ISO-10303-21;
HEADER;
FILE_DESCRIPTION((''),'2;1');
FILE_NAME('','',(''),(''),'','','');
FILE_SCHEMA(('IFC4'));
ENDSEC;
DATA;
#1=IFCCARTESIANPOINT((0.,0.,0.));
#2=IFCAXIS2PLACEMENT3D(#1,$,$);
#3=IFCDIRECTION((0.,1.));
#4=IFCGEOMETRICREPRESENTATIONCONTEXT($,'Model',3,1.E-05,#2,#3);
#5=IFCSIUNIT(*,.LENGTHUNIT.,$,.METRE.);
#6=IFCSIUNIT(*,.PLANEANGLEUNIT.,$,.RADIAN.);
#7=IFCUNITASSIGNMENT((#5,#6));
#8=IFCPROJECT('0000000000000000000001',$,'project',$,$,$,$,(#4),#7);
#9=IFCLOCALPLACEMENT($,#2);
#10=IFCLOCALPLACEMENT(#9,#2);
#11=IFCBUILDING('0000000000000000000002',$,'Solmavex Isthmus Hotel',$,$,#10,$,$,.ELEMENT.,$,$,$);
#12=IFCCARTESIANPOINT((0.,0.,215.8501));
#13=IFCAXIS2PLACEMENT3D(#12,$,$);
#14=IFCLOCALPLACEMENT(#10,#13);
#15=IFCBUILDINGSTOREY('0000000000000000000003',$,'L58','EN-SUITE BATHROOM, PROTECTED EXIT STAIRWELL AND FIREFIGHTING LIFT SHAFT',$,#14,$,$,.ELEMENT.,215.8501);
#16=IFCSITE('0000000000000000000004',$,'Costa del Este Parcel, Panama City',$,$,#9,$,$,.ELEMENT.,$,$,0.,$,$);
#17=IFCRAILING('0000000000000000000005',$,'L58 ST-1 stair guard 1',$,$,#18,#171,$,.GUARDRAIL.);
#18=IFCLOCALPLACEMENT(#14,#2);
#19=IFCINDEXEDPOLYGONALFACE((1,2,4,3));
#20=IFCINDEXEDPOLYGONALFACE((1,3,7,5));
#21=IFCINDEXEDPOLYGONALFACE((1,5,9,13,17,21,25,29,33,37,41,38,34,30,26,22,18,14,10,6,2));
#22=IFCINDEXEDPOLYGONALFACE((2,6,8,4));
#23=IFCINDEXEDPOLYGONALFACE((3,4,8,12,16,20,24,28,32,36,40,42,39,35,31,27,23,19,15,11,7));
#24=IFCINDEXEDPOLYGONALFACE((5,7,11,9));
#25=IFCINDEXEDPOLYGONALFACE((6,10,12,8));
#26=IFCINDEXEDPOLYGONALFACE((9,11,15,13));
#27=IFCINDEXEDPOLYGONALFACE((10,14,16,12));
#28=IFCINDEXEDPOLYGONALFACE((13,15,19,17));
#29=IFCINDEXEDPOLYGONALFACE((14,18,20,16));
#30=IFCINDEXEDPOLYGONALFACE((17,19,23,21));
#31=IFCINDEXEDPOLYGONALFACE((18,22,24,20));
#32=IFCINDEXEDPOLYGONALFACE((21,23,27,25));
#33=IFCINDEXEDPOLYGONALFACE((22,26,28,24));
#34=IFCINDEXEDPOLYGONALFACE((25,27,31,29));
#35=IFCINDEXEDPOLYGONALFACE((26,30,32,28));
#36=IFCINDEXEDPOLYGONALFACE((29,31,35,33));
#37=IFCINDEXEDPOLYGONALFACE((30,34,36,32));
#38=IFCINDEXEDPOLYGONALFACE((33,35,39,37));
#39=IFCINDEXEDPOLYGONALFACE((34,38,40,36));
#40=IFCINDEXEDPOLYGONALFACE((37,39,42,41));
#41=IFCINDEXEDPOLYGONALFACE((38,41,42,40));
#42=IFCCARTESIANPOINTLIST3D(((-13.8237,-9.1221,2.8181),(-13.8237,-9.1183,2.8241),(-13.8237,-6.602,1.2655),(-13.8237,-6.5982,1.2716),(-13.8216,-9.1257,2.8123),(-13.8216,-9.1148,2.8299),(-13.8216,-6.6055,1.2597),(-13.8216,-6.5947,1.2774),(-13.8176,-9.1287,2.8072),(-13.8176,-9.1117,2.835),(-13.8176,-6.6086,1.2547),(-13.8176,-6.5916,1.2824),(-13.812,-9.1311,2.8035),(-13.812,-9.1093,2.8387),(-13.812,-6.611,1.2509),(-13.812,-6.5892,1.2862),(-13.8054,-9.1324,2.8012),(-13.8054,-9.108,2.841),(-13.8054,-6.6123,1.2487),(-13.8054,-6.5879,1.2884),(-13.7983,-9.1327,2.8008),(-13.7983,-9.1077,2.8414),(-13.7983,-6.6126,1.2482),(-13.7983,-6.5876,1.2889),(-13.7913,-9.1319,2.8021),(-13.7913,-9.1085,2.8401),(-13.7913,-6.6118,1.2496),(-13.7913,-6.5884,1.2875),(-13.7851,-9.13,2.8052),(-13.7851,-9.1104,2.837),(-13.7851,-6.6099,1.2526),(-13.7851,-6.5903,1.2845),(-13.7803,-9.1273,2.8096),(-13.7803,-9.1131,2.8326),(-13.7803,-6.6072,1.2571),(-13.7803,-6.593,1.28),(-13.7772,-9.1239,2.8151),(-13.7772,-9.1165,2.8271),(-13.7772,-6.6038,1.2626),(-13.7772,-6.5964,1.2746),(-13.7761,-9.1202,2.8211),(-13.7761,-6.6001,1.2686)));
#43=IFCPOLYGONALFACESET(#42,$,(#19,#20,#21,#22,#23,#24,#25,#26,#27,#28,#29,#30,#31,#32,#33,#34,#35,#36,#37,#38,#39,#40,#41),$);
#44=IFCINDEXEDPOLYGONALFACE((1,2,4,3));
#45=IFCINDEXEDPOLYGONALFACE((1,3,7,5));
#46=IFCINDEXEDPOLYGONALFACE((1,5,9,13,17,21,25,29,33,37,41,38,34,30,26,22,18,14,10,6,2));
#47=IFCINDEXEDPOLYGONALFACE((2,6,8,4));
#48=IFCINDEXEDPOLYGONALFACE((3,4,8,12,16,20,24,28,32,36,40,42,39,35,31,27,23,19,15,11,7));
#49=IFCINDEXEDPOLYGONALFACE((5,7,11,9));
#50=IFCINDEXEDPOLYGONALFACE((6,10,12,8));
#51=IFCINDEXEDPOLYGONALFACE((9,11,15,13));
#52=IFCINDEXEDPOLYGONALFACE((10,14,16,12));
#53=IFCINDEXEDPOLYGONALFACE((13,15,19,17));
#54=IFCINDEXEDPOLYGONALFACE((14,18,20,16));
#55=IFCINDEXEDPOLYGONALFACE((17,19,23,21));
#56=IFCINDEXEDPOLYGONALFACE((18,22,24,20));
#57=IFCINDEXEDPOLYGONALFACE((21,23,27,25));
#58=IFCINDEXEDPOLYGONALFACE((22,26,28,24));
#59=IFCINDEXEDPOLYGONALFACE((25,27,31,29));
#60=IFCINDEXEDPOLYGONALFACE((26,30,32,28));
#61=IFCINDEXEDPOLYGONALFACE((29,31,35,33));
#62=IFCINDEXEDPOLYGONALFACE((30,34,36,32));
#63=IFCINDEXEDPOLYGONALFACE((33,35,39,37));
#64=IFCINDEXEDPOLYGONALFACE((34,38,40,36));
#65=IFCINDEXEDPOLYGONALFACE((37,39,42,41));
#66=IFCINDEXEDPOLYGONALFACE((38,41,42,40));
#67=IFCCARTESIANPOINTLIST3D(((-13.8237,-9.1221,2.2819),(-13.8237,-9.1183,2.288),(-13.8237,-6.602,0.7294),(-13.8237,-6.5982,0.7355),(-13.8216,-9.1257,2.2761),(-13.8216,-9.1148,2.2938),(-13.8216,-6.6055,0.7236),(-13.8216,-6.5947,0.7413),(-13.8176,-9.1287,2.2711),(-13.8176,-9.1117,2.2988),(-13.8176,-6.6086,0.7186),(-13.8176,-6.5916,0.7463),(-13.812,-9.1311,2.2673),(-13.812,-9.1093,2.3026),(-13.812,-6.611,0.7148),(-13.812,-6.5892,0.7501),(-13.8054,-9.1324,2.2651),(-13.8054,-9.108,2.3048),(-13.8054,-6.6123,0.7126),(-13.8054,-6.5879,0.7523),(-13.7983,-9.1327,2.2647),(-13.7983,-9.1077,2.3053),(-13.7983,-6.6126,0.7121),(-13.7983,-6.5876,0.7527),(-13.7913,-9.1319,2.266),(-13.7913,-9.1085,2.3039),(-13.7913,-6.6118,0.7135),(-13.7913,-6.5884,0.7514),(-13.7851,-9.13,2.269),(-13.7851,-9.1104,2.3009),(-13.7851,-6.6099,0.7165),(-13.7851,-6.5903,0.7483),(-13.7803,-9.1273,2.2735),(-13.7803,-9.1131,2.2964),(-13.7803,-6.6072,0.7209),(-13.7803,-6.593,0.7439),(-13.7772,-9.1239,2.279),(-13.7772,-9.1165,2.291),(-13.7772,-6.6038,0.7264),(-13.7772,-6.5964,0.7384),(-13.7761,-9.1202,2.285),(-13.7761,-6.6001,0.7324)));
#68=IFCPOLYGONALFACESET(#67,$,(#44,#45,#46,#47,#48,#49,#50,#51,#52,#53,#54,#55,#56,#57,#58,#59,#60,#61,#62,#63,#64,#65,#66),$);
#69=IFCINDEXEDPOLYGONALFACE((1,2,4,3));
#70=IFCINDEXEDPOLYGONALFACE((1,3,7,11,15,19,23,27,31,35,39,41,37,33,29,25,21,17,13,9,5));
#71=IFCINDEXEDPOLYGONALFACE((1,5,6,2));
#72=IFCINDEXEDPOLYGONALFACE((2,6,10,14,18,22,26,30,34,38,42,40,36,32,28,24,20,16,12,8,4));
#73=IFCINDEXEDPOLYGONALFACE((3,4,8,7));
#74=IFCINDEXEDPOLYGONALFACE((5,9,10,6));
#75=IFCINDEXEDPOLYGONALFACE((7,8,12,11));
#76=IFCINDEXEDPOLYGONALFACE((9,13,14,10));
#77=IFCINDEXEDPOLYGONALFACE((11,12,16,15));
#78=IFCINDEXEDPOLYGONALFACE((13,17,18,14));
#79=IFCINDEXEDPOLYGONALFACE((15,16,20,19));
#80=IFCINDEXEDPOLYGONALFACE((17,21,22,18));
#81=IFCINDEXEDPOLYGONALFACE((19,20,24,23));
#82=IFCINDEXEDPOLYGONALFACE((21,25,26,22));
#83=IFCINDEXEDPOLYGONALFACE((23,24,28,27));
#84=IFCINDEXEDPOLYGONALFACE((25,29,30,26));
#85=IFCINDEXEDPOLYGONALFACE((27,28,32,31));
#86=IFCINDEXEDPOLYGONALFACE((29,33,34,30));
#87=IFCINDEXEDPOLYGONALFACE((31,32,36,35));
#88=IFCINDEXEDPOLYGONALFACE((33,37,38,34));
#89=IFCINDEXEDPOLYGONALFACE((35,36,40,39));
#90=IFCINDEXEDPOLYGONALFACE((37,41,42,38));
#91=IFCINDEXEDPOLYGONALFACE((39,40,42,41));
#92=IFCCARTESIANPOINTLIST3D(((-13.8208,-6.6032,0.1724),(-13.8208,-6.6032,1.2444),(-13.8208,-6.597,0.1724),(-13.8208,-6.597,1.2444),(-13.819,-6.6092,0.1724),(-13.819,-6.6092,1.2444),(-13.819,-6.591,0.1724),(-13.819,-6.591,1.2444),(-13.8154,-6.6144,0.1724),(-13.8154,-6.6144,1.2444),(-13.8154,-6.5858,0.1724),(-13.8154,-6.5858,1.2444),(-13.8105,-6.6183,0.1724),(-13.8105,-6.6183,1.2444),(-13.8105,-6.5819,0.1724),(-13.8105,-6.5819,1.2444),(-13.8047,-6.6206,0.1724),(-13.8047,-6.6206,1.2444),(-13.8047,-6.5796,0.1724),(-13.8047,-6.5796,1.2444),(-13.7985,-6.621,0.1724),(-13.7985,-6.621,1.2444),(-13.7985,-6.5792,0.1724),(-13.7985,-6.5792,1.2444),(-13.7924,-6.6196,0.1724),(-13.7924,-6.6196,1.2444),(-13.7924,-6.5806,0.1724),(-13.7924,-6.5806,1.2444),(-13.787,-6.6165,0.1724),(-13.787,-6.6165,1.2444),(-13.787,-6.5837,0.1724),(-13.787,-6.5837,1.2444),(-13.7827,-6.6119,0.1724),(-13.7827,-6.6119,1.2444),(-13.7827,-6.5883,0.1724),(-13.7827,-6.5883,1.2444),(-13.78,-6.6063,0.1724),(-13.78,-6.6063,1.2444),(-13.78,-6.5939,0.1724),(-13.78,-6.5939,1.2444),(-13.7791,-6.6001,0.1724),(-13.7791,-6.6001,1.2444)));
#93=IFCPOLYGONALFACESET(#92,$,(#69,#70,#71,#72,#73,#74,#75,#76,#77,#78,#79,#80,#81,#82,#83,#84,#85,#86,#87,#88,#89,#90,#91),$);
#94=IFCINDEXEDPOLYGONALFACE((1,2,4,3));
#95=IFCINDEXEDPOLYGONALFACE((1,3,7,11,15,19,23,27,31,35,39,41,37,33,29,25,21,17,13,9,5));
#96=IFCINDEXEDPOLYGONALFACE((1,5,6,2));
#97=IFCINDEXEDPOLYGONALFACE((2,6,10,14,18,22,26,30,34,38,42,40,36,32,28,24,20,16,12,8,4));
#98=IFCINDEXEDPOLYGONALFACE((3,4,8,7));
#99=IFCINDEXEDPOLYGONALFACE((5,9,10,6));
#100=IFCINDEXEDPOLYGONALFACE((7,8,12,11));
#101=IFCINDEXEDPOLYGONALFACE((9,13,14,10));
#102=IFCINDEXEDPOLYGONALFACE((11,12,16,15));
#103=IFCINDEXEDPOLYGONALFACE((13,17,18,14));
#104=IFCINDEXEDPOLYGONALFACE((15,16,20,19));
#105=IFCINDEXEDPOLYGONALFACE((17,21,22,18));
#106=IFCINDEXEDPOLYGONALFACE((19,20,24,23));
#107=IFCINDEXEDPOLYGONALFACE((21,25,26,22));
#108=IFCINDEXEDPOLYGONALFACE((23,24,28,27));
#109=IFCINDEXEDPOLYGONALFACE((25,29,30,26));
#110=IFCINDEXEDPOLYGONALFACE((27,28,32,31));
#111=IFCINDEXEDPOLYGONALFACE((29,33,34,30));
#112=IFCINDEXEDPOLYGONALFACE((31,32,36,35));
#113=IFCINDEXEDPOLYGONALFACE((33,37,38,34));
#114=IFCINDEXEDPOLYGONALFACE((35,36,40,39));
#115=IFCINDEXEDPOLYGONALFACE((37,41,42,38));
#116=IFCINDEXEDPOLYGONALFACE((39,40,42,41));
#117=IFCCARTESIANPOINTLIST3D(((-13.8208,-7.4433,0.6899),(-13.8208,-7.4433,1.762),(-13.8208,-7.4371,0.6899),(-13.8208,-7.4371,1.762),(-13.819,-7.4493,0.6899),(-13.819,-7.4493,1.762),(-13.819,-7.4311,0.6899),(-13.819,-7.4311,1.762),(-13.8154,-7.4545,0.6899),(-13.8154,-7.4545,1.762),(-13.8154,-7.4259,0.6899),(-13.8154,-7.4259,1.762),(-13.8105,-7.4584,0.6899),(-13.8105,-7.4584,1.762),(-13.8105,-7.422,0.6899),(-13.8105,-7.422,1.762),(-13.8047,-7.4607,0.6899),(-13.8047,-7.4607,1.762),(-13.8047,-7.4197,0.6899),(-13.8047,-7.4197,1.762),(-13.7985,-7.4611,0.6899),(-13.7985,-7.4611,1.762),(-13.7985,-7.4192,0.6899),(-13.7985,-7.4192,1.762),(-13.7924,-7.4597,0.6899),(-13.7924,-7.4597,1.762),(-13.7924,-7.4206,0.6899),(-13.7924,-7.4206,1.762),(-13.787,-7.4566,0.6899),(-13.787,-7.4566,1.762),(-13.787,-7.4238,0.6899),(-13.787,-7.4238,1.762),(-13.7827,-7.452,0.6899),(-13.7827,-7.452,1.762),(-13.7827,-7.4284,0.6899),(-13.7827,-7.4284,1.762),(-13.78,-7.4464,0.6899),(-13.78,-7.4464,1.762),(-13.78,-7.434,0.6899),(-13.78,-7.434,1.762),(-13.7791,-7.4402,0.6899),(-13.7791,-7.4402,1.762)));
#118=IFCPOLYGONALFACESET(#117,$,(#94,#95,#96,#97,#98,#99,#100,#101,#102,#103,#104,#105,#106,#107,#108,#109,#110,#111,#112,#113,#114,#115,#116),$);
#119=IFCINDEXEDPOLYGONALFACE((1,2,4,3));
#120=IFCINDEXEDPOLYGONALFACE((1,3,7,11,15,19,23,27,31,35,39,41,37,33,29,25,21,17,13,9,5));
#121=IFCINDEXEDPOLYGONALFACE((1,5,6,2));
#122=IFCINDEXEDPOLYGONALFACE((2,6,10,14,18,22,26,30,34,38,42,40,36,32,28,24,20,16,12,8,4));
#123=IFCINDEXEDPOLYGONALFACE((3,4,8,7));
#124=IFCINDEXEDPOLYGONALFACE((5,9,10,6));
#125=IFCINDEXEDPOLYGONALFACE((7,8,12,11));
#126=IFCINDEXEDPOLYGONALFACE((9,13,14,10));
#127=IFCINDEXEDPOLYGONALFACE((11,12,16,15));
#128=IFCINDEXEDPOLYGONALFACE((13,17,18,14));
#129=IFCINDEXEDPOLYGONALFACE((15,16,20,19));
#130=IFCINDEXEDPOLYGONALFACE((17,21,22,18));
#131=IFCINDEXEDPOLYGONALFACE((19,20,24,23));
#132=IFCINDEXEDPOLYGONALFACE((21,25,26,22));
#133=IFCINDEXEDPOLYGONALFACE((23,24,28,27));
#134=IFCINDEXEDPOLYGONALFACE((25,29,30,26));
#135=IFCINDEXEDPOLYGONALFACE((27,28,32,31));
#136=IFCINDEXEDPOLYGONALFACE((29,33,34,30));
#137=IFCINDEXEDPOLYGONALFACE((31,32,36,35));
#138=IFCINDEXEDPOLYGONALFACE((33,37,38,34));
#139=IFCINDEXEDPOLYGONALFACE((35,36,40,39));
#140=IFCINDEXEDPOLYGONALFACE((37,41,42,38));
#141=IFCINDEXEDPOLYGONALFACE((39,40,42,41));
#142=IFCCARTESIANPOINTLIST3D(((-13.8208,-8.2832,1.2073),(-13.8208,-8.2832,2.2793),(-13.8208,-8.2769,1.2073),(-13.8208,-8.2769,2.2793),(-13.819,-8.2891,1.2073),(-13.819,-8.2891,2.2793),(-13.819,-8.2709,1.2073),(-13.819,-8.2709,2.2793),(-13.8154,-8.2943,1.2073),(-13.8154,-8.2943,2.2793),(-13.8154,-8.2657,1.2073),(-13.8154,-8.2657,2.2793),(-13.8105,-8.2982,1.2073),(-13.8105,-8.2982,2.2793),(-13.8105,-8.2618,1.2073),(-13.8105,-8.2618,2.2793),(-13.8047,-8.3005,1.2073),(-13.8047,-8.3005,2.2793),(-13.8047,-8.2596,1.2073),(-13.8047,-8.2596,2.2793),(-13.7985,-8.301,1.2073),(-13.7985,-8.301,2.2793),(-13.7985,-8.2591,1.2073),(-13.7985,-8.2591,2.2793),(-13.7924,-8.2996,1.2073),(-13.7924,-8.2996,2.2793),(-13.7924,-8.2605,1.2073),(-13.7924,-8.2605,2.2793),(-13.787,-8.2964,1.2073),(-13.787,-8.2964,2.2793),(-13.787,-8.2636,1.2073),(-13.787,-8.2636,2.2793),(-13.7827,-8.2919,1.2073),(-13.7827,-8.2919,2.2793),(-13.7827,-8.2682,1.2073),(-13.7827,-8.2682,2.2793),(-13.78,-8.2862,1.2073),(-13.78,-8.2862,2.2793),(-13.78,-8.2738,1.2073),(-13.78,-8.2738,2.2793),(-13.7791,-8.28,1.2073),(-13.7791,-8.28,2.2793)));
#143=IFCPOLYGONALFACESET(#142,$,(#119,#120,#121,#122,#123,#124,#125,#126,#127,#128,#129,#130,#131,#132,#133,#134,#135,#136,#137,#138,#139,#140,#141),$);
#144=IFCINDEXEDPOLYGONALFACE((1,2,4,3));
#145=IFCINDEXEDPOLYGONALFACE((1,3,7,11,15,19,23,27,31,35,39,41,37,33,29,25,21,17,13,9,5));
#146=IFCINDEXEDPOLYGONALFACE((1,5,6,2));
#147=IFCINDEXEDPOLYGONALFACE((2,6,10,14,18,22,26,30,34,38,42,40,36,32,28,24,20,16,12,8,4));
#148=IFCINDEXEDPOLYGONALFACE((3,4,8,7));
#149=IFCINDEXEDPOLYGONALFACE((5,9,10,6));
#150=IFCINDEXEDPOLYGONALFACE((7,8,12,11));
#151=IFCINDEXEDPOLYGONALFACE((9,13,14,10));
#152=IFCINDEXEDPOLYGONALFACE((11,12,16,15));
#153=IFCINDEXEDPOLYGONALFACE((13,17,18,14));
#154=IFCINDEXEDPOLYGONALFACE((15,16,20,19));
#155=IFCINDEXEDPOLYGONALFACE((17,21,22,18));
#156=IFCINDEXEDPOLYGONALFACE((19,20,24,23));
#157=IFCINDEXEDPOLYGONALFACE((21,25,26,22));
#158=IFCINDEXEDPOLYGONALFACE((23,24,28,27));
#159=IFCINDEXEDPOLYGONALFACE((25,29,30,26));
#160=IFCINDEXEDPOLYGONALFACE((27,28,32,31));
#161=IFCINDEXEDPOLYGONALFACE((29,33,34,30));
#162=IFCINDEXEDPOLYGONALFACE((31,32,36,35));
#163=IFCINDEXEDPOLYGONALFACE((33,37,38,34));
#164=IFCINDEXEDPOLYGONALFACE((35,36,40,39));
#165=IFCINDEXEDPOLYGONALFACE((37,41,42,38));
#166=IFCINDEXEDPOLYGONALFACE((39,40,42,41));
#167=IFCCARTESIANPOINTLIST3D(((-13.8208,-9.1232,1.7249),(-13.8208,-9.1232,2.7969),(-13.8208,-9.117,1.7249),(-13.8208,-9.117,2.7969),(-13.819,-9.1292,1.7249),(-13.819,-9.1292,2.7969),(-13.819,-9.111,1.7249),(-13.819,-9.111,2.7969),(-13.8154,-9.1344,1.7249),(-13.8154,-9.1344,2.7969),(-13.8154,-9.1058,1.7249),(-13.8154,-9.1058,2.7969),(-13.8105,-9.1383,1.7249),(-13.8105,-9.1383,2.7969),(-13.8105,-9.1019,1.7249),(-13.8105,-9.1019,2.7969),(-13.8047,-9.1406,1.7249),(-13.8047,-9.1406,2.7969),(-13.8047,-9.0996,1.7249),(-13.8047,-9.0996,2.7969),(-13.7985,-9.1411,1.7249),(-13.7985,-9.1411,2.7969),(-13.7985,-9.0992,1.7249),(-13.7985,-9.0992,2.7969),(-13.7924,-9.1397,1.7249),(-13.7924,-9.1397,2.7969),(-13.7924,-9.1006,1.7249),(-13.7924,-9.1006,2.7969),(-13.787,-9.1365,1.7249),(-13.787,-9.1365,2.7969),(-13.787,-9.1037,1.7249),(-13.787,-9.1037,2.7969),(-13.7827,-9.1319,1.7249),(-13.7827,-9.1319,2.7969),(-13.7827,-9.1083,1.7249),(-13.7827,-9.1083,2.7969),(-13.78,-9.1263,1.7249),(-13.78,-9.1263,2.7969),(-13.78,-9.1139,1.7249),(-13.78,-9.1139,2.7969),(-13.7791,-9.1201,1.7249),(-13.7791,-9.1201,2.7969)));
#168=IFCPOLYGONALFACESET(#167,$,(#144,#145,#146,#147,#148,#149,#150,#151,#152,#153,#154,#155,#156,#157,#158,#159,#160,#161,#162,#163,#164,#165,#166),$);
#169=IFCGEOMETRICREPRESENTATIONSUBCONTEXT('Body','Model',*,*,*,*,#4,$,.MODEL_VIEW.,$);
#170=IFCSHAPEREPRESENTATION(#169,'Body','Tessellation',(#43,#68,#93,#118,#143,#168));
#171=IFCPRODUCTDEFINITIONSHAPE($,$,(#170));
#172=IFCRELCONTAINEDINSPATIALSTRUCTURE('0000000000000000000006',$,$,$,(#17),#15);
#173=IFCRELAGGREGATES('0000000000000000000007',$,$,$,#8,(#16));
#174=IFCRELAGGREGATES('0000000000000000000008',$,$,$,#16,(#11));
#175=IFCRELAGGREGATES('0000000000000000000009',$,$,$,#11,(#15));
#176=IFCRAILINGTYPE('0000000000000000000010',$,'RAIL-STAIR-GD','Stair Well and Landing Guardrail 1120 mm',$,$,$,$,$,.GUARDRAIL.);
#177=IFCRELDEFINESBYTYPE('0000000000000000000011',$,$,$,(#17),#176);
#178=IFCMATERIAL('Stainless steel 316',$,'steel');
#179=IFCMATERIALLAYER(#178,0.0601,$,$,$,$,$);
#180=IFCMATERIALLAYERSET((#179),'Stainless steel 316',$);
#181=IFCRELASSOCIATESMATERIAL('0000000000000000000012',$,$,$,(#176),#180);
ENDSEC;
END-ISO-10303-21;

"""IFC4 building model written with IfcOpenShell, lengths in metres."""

from ifc_helpers import new_model, si_unit, direction, frame, origin, origin_2d, place, context, subcontext, project, spatial, circle, extrude, material, layer, layer_set, type_object, element, save


model = new_model("IFC4")

# Units and contexts
model_context = context("Model", 3, precision=1e-05, world=origin(), true_north=direction((0.0, 1.0)))
body_context = subcontext(model_context, "Body", "Model", "MODEL_VIEW")
ifc_project = project(units=[si_unit("LENGTHUNIT", "METRE"), si_unit("PLANEANGLEUNIT", "RADIAN")], contexts=[model_context])

# Site, building, storey
site_placement = place(None, origin())
site = spatial("IfcSite", under=ifc_project, at=site_placement, Name="Costa del Este Parcel, Panama City", CompositionType="ELEMENT", RefElevation=0.0)
building_placement = place(site_placement, origin())
building = spatial("IfcBuilding", under=site, at=building_placement, Name="Solmavex Isthmus Hotel", CompositionType="ELEMENT")
storey_placement = place(building_placement, frame((0.0, 0.0, 215.8501)))
storey = spatial("IfcBuildingStorey", under=building, at=storey_placement, Name="L58", Description="EN-SUITE BATHROOM, PROTECTED EXIT STAIRWELL AND FIREFIGHTING LIFT SHAFT", CompositionType="ELEMENT", Elevation=215.8501)

# Railing
ifc_material_1 = material(Name="Stainless steel 316", Category="steel")
ifc_layer_1 = layer(ifc_material_1, 0.0601)
ifc_layer_set_1 = layer_set([ifc_layer_1], Name="Stainless steel 316")
railing_type_1 = type_object("IfcRailingType", Name="RAIL-STAIR-GD", Description="Stair Well and Landing Guardrail 1120 mm", PredefinedType="GUARDRAIL", material=ifc_layer_set_1)
railing_1_placement = place(storey_placement, frame((-13.8, -6.6001, 0.1724)))
element("IfcRailing", 1, at=railing_1_placement, inside=storey, type_object=railing_type_1, Name="L58 ST-1 stair guard 1", PredefinedType="GUARDRAIL", context=body_context, shape_type="SweptSolid", body=[
    extrude(circle(Radius=0.0239, at=origin_2d()), frame((0.0, 0.0, 1.0962), z_axis=(0.0, -0.8514, 0.524516), x_axis=(1.0, 0.0, 0.0)), (0.0, 0.0, 1.0), 2.96),
    extrude(circle(Radius=0.0239, at=origin_2d()), frame((0.0, 0.0, 0.5601), z_axis=(0.0, -0.8514, 0.524516), x_axis=(1.0, 0.0, 0.0)), (0.0, 0.0, 1.0), 2.96),
    extrude(circle(Radius=0.021, at=origin_2d()), origin(), (0.0, 0.0, 1.0), 1.072),
    extrude(circle(Radius=0.021, at=origin_2d()), frame((0.0, -0.8401, 0.5176)), (0.0, 0.0, 1.0), 1.072),
    extrude(circle(Radius=0.021, at=origin_2d()), frame((0.0, -1.6799, 1.0349)), (0.0, 0.0, 1.0), 1.072),
    extrude(circle(Radius=0.021, at=origin_2d()), frame((0.0, -2.52, 1.5525)), (0.0, 0.0, 1.0), 1.072),
])

save(model, "model.ifc")
